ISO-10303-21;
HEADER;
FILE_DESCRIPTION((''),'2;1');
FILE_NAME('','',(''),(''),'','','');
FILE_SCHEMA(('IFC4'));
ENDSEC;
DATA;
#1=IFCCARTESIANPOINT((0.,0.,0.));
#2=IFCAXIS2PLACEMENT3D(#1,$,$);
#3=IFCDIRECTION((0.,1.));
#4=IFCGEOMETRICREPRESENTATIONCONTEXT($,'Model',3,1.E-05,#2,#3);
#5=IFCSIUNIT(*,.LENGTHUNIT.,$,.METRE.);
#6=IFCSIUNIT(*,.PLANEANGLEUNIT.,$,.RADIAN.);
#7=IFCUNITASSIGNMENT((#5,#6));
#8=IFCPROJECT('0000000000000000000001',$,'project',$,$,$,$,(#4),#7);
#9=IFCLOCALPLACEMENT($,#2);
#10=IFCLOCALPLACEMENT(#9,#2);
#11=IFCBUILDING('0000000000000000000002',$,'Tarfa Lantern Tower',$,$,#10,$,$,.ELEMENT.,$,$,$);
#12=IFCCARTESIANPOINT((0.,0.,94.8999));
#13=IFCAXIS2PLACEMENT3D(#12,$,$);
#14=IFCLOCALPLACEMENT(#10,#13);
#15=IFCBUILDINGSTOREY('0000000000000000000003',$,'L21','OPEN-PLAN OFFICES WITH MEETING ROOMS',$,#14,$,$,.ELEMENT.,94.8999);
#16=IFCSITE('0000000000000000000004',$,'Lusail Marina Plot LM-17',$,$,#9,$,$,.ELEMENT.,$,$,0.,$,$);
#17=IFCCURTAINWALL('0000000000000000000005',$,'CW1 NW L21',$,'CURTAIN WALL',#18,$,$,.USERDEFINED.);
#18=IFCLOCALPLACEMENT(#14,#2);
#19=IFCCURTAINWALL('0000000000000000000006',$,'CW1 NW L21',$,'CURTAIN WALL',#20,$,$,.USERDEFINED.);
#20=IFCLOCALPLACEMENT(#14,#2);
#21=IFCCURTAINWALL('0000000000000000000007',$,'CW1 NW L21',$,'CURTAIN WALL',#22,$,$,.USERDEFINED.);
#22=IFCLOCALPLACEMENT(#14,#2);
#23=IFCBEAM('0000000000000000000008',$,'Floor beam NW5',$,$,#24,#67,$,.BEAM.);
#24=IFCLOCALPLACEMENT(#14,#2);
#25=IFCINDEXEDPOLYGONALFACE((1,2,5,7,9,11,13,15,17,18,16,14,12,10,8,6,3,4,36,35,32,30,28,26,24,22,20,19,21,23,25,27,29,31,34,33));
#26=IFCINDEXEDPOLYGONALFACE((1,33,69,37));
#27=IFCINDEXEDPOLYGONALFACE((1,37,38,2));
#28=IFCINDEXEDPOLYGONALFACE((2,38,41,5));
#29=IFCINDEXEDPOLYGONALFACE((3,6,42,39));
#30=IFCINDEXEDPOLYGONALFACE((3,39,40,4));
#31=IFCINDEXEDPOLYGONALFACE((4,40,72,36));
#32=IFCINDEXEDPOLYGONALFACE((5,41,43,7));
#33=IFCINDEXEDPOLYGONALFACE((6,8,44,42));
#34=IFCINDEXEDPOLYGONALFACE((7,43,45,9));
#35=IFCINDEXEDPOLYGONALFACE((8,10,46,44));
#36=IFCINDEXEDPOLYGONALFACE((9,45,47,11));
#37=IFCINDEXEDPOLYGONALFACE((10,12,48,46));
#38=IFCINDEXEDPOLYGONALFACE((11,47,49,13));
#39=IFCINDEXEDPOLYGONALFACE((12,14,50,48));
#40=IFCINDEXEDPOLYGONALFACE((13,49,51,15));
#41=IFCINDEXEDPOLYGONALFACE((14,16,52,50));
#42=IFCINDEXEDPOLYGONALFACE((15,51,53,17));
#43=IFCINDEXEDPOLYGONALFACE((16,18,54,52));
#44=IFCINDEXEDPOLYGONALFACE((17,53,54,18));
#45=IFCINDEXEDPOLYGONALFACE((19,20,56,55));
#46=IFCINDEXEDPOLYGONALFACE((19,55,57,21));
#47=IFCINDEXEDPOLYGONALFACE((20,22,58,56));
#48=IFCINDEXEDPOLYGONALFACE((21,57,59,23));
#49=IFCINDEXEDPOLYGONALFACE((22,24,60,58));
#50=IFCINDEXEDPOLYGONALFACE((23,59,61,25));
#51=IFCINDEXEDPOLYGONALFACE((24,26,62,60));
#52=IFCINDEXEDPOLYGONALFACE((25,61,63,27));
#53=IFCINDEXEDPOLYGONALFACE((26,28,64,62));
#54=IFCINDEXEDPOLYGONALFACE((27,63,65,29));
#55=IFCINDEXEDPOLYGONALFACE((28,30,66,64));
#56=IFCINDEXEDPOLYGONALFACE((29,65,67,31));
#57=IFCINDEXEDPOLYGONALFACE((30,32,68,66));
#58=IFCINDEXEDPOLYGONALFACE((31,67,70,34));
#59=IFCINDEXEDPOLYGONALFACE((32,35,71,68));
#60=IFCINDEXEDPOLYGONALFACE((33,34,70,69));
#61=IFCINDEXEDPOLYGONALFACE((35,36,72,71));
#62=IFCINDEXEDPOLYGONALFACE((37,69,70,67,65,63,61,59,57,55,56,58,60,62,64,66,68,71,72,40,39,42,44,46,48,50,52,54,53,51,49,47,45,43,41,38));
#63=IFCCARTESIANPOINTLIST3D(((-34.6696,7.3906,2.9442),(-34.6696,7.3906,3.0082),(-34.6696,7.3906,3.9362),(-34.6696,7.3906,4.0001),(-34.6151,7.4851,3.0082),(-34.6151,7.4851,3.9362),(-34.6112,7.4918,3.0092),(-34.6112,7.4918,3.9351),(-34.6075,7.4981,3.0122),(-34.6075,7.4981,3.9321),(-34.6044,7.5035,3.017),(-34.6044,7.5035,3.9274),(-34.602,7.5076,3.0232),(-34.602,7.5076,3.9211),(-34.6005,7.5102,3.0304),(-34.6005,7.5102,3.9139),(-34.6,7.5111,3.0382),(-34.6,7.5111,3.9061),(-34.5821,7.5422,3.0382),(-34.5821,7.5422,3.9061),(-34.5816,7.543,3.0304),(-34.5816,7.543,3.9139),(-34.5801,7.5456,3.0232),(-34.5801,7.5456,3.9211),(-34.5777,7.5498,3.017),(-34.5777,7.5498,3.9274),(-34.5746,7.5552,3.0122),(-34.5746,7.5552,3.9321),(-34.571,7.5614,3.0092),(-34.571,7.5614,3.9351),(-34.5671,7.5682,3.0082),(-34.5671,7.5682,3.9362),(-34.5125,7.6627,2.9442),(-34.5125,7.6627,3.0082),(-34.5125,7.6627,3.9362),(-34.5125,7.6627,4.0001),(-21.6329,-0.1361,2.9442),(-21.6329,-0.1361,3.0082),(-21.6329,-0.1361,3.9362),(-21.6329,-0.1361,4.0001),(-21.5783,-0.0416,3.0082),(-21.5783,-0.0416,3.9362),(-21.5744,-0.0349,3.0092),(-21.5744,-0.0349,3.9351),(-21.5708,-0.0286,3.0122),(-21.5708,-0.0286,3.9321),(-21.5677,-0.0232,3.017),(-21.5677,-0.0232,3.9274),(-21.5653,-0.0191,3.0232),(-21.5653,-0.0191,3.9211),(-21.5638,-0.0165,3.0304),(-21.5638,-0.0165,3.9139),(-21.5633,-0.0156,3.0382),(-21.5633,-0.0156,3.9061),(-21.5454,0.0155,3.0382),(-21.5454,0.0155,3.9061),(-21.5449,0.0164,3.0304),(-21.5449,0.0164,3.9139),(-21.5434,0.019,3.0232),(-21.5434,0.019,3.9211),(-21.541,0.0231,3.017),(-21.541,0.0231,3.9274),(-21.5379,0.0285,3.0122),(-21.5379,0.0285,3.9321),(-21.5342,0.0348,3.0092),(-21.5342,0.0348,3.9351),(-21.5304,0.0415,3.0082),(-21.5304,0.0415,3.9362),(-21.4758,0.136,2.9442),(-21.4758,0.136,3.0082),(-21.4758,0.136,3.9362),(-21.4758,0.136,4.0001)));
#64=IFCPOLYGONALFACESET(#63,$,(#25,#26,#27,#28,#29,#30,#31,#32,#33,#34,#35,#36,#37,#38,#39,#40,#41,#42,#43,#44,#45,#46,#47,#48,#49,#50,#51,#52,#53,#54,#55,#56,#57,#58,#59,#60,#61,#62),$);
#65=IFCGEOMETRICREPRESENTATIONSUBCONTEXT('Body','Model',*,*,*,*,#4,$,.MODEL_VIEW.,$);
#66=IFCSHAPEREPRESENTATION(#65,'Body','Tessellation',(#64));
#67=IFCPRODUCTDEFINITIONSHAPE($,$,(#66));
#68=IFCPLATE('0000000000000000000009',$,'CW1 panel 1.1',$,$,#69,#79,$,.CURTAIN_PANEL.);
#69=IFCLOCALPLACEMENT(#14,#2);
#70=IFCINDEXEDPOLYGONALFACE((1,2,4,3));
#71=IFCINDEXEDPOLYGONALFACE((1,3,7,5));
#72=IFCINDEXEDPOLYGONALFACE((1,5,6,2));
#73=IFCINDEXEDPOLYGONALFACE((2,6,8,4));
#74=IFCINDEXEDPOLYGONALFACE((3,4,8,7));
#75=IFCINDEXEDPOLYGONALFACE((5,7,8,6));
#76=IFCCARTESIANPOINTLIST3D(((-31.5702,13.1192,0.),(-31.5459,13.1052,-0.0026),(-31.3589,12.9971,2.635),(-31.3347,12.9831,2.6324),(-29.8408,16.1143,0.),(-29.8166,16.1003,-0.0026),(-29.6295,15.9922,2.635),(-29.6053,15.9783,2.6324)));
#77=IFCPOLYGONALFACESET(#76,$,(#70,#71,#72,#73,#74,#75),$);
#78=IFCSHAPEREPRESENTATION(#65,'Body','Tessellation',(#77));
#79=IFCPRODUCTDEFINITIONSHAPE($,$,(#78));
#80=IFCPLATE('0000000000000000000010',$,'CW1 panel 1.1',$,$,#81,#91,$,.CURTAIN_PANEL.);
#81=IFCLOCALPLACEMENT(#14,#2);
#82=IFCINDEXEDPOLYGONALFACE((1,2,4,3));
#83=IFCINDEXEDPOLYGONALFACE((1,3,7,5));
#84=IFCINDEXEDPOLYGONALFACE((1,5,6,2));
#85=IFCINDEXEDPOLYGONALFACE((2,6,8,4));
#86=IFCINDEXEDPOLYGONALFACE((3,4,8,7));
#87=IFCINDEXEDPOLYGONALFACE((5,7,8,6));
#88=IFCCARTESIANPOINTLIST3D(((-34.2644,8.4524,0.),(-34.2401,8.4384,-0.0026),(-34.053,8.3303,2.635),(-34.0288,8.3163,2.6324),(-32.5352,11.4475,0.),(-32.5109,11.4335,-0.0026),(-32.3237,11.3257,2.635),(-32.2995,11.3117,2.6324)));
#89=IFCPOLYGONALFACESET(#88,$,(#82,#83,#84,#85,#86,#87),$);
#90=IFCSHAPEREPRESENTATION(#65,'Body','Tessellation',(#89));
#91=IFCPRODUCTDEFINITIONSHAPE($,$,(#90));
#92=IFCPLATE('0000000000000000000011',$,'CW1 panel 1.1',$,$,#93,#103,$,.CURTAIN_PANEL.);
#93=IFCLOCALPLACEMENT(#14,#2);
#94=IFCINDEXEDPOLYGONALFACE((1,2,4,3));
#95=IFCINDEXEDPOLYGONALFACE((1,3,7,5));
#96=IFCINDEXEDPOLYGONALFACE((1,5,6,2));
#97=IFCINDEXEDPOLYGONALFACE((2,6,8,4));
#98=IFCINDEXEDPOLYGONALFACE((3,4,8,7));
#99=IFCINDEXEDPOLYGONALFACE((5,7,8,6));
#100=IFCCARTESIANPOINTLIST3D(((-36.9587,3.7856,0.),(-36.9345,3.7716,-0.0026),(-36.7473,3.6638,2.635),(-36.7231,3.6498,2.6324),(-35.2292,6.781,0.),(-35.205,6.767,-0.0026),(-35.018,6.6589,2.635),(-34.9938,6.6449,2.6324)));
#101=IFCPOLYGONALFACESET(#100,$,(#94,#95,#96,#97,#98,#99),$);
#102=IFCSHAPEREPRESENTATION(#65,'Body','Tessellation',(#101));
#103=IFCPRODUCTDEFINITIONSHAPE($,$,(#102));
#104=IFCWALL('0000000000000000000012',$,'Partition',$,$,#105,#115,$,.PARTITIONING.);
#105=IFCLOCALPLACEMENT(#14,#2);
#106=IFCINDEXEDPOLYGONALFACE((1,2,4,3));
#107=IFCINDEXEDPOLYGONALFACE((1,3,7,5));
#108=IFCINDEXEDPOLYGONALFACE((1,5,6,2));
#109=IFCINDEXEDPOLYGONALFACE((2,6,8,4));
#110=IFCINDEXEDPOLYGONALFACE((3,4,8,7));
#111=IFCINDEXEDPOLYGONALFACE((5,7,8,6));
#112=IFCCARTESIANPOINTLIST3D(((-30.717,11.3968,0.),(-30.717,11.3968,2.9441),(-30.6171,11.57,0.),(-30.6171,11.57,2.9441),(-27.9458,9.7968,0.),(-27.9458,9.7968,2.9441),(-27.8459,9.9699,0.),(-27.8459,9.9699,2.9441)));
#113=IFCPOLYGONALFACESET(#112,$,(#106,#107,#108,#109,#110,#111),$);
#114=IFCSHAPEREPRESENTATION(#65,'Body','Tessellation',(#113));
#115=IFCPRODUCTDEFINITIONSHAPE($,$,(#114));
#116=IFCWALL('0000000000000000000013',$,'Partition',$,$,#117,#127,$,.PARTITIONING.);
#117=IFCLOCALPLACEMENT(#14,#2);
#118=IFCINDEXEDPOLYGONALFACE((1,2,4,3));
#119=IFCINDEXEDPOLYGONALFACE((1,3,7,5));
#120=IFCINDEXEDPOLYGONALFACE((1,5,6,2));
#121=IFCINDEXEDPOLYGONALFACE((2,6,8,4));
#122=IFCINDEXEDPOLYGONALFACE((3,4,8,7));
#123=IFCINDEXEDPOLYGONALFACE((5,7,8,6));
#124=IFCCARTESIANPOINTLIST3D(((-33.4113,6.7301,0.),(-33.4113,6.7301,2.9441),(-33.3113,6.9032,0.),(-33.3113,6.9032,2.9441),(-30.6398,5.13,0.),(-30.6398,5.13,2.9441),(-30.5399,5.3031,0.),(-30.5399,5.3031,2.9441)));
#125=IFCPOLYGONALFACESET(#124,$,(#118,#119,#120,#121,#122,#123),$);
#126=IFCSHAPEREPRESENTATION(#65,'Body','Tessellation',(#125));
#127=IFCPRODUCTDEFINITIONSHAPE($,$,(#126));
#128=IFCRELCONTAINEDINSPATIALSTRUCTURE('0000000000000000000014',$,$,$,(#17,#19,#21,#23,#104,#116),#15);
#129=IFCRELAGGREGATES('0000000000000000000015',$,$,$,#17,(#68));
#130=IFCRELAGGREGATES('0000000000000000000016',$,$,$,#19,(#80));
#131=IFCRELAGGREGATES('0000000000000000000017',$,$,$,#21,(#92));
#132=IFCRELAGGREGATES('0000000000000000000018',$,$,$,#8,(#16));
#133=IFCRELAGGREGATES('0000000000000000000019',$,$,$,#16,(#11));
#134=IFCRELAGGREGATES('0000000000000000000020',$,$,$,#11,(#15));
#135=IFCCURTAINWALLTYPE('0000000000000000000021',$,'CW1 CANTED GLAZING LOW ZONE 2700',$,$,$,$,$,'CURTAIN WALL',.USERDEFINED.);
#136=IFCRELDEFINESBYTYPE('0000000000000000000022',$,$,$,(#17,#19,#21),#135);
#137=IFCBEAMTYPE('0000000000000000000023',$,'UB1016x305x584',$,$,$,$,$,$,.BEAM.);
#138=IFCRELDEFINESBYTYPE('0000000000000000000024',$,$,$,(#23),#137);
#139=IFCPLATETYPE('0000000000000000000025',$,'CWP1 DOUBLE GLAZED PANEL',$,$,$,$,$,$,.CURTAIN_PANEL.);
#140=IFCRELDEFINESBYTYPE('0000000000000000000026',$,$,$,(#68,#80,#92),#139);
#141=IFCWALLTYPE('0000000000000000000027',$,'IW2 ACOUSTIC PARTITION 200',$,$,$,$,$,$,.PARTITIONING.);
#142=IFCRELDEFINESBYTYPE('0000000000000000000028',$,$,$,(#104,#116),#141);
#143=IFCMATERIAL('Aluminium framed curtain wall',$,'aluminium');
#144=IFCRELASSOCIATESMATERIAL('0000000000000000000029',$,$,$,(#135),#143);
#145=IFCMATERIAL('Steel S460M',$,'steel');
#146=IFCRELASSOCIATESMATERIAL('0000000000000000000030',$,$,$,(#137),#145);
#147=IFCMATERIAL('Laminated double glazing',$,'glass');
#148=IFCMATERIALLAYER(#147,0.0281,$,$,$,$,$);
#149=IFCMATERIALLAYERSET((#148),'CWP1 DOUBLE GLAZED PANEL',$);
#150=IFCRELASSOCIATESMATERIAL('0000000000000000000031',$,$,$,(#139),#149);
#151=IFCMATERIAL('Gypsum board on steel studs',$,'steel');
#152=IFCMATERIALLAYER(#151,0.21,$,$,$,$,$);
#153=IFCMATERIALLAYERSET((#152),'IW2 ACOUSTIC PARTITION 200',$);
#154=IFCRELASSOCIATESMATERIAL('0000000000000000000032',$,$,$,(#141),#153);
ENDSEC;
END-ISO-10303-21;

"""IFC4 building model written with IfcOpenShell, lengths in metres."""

from ifc_helpers import new_model, si_unit, direction, frame, frame_2d, origin, origin_2d, place, context, subcontext, project, spatial, polyline, rectangle, i_section, outline, extrude, material, layer, layer_set, material_profile, profile_set, type_object, element, aggregate, save


model = new_model("IFC4")

# Units and contexts
model_context = context("Model", 3, precision=1e-05, world=origin(), true_north=direction((0.0, 1.0)))
body_context = subcontext(model_context, "Body", "Model", "MODEL_VIEW")
ifc_project = project(units=[si_unit("LENGTHUNIT", "METRE"), si_unit("PLANEANGLEUNIT", "RADIAN")], contexts=[model_context])

# Site, building, storey
site_placement = place(None, origin())
site = spatial("IfcSite", under=ifc_project, at=site_placement, Name="Lusail Marina Plot LM-17", CompositionType="ELEMENT", RefElevation=0.0)
building_placement = place(site_placement, origin())
building = spatial("IfcBuilding", under=site, at=building_placement, Name="Tarfa Lantern Tower", CompositionType="ELEMENT")
storey_placement = place(building_placement, frame((0.0, 0.0, 94.8999)))
storey = spatial("IfcBuildingStorey", under=building, at=storey_placement, Name="L21", Description="OPEN-PLAN OFFICES WITH MEETING ROOMS", CompositionType="ELEMENT", Elevation=94.8999)

# Curtain wall
ifc_material_1 = material(Name="Aluminium framed curtain wall", Category="aluminium")
curtain_wall_type = type_object("IfcCurtainWallType", Name="CW1 CANTED GLAZING LOW ZONE 2700", ElementType="CURTAIN WALL", PredefinedType="USERDEFINED", material=ifc_material_1)
curtain_wall_1_placement = place(storey_placement, origin())
curtain_wall_1 = element("IfcCurtainWall", 1, at=curtain_wall_1_placement, inside=storey, type_object=curtain_wall_type, Name="CW1 NW L21", ObjectType="CURTAIN WALL", PredefinedType="USERDEFINED")

# Curtain walls
curtain_wall_2_placement = place(storey_placement, origin())
curtain_wall_2 = element("IfcCurtainWall", 2, at=curtain_wall_2_placement, inside=storey, type_object=curtain_wall_type, Name="CW1 NW L21", ObjectType="CURTAIN WALL", PredefinedType="USERDEFINED")
curtain_wall_3_placement = place(storey_placement, origin())
curtain_wall_3 = element("IfcCurtainWall", 3, at=curtain_wall_3_placement, inside=storey, type_object=curtain_wall_type, Name="CW1 NW L21", ObjectType="CURTAIN WALL", PredefinedType="USERDEFINED")

# Beam
ifc_material_2 = material(Name="Steel S460M", Category="steel")
ifc_material_profile_1 = material_profile(ifc_material_2, i_section(OverallWidth=0.3142, OverallDepth=1.0559, WebThickness=0.0359, FlangeThickness=0.064, FilletRadius=0.03, at=origin_2d()), Name="UB1016x305x584")
ifc_profile_set_1 = profile_set([ifc_material_profile_1], Name="Steel S460M")
beam_type_1 = type_object("IfcBeamType", Name="UB1016x305x584", PredefinedType="BEAM", material=ifc_profile_set_1)
beam_1_placement = place(storey_placement, frame((-34.5911, 7.5266, 3.4722), z_axis=(0.866028, -0.499996, 0.0), x_axis=(0.499996, 0.866028, 0.0)))
element("IfcBeam", 4, at=beam_1_placement, inside=storey, type_object=beam_type_1, Name="Floor beam NW5", PredefinedType="BEAM", context=body_context, shape_type="SweptSolid", body=[
    extrude(i_section(OverallWidth=0.3142, OverallDepth=1.0559, WebThickness=0.0359, FlangeThickness=0.064, FilletRadius=0.03, at=origin_2d()), origin(), (0.0, 0.0, 1.0), 15.0535),
])

# Plates
ifc_material_3 = material(Name="Laminated double glazing", Category="glass")
ifc_layer_1 = layer(ifc_material_3, 0.0281)
ifc_layer_set_1 = layer_set([ifc_layer_1], Name="CWP1 DOUBLE GLAZED PANEL")
plate_type = type_object("IfcPlateType", Name="CWP1 DOUBLE GLAZED PANEL", PredefinedType="CURTAIN_PANEL", material=ifc_layer_set_1)
plate_1_placement = place(storey_placement, frame((-29.8408, 16.1143, 0.0), z_axis=(-0.862318, 0.497899, 0.092216), x_axis=(-0.50003, -0.866008, 0.000003)))
plate_1 = element("IfcPlate", 5, at=plate_1_placement, type_object=plate_type, Name="CW1 panel 1.1", PredefinedType="CURTAIN_PANEL", context=body_context, shape_type="SweptSolid", body=[
    extrude(outline(polyline([(0.0, 0.0), (3.4585, 0.0), (3.4586, 2.6463), (0.0, 2.6463), (0.0, 0.0)])), origin(), (0.0, 0.0, -1.0), 0.0281),
])
aggregate(curtain_wall_1, [plate_1])
plate_2_placement = place(storey_placement, frame((-32.5352, 11.4475, 0.0), z_axis=(-0.862341, 0.497857, 0.092233), x_axis=(-0.499988, -0.866032, -0.000002)))
plate_2 = element("IfcPlate", 6, at=plate_2_placement, type_object=plate_type, Name="CW1 panel 1.1", PredefinedType="CURTAIN_PANEL", context=body_context, shape_type="SweptSolid", body=[
    extrude(outline(polyline([(0.0, 0.0), (3.4585, 0.0), (3.4585, 2.6463), (-0.0002, 2.6463), (0.0, 0.0)])), origin(), (0.0, 0.0, -1.0), 0.0281),
])
aggregate(curtain_wall_2, [plate_2])
plate_3_placement = place(storey_placement, frame((-35.2292, 6.781, 0.0), z_axis=(-0.862329, 0.497885, 0.092193), x_axis=(-0.500015, -0.866017, -0.000001)))
plate_3 = element("IfcPlate", 7, at=plate_3_placement, type_object=plate_type, Name="CW1 panel 1.1", PredefinedType="CURTAIN_PANEL", context=body_context, shape_type="SweptSolid", body=[
    extrude(outline(polyline([(0.0, 0.0), (3.4588, 0.0), (3.4586, 2.6463), (0.0001, 2.6463), (0.0, 0.0)])), origin(), (0.0, 0.0, -1.0), 0.0281),
])
aggregate(curtain_wall_3, [plate_3])

# Walls
ifc_material_4 = material(Name="Gypsum board on steel studs", Category="steel")
ifc_layer_2 = layer(ifc_material_4, 0.21)
ifc_layer_set_2 = layer_set([ifc_layer_2], Name="IW2 ACOUSTIC PARTITION 200")
wall_type = type_object("IfcWallType", Name="IW2 ACOUSTIC PARTITION 200", PredefinedType="PARTITIONING", material=ifc_layer_set_2)
wall_1_placement = place(storey_placement, frame((-27.8958, 9.8833, 0.0), z_axis=(0.0, 0.0, 1.0), x_axis=(-0.866009, 0.500028, 0.0)))
element("IfcWall", 8, at=wall_1_placement, inside=storey, type_object=wall_type, Name="Partition", PredefinedType="PARTITIONING", context=body_context, shape_type="SweptSolid", body=[
    extrude(rectangle(XDim=3.2, YDim=0.2, at=frame_2d((1.6001, 0.0))), origin(), (0.0, 0.0, 1.0), 2.9441),
])
wall_2_placement = place(storey_placement, frame((-30.5898, 5.2166, 0.0), z_axis=(0.0, 0.0, 1.0), x_axis=(-0.866028, 0.499995, 0.0)))
element("IfcWall", 9, at=wall_2_placement, inside=storey, type_object=wall_type, Name="Partition", PredefinedType="PARTITIONING", context=body_context, shape_type="SweptSolid", body=[
    extrude(rectangle(XDim=3.2002, YDim=0.2, at=frame_2d((1.6001, 0.0))), origin(), (0.0, 0.0, 1.0), 2.9441),
])

save(model, "model.ifc")
